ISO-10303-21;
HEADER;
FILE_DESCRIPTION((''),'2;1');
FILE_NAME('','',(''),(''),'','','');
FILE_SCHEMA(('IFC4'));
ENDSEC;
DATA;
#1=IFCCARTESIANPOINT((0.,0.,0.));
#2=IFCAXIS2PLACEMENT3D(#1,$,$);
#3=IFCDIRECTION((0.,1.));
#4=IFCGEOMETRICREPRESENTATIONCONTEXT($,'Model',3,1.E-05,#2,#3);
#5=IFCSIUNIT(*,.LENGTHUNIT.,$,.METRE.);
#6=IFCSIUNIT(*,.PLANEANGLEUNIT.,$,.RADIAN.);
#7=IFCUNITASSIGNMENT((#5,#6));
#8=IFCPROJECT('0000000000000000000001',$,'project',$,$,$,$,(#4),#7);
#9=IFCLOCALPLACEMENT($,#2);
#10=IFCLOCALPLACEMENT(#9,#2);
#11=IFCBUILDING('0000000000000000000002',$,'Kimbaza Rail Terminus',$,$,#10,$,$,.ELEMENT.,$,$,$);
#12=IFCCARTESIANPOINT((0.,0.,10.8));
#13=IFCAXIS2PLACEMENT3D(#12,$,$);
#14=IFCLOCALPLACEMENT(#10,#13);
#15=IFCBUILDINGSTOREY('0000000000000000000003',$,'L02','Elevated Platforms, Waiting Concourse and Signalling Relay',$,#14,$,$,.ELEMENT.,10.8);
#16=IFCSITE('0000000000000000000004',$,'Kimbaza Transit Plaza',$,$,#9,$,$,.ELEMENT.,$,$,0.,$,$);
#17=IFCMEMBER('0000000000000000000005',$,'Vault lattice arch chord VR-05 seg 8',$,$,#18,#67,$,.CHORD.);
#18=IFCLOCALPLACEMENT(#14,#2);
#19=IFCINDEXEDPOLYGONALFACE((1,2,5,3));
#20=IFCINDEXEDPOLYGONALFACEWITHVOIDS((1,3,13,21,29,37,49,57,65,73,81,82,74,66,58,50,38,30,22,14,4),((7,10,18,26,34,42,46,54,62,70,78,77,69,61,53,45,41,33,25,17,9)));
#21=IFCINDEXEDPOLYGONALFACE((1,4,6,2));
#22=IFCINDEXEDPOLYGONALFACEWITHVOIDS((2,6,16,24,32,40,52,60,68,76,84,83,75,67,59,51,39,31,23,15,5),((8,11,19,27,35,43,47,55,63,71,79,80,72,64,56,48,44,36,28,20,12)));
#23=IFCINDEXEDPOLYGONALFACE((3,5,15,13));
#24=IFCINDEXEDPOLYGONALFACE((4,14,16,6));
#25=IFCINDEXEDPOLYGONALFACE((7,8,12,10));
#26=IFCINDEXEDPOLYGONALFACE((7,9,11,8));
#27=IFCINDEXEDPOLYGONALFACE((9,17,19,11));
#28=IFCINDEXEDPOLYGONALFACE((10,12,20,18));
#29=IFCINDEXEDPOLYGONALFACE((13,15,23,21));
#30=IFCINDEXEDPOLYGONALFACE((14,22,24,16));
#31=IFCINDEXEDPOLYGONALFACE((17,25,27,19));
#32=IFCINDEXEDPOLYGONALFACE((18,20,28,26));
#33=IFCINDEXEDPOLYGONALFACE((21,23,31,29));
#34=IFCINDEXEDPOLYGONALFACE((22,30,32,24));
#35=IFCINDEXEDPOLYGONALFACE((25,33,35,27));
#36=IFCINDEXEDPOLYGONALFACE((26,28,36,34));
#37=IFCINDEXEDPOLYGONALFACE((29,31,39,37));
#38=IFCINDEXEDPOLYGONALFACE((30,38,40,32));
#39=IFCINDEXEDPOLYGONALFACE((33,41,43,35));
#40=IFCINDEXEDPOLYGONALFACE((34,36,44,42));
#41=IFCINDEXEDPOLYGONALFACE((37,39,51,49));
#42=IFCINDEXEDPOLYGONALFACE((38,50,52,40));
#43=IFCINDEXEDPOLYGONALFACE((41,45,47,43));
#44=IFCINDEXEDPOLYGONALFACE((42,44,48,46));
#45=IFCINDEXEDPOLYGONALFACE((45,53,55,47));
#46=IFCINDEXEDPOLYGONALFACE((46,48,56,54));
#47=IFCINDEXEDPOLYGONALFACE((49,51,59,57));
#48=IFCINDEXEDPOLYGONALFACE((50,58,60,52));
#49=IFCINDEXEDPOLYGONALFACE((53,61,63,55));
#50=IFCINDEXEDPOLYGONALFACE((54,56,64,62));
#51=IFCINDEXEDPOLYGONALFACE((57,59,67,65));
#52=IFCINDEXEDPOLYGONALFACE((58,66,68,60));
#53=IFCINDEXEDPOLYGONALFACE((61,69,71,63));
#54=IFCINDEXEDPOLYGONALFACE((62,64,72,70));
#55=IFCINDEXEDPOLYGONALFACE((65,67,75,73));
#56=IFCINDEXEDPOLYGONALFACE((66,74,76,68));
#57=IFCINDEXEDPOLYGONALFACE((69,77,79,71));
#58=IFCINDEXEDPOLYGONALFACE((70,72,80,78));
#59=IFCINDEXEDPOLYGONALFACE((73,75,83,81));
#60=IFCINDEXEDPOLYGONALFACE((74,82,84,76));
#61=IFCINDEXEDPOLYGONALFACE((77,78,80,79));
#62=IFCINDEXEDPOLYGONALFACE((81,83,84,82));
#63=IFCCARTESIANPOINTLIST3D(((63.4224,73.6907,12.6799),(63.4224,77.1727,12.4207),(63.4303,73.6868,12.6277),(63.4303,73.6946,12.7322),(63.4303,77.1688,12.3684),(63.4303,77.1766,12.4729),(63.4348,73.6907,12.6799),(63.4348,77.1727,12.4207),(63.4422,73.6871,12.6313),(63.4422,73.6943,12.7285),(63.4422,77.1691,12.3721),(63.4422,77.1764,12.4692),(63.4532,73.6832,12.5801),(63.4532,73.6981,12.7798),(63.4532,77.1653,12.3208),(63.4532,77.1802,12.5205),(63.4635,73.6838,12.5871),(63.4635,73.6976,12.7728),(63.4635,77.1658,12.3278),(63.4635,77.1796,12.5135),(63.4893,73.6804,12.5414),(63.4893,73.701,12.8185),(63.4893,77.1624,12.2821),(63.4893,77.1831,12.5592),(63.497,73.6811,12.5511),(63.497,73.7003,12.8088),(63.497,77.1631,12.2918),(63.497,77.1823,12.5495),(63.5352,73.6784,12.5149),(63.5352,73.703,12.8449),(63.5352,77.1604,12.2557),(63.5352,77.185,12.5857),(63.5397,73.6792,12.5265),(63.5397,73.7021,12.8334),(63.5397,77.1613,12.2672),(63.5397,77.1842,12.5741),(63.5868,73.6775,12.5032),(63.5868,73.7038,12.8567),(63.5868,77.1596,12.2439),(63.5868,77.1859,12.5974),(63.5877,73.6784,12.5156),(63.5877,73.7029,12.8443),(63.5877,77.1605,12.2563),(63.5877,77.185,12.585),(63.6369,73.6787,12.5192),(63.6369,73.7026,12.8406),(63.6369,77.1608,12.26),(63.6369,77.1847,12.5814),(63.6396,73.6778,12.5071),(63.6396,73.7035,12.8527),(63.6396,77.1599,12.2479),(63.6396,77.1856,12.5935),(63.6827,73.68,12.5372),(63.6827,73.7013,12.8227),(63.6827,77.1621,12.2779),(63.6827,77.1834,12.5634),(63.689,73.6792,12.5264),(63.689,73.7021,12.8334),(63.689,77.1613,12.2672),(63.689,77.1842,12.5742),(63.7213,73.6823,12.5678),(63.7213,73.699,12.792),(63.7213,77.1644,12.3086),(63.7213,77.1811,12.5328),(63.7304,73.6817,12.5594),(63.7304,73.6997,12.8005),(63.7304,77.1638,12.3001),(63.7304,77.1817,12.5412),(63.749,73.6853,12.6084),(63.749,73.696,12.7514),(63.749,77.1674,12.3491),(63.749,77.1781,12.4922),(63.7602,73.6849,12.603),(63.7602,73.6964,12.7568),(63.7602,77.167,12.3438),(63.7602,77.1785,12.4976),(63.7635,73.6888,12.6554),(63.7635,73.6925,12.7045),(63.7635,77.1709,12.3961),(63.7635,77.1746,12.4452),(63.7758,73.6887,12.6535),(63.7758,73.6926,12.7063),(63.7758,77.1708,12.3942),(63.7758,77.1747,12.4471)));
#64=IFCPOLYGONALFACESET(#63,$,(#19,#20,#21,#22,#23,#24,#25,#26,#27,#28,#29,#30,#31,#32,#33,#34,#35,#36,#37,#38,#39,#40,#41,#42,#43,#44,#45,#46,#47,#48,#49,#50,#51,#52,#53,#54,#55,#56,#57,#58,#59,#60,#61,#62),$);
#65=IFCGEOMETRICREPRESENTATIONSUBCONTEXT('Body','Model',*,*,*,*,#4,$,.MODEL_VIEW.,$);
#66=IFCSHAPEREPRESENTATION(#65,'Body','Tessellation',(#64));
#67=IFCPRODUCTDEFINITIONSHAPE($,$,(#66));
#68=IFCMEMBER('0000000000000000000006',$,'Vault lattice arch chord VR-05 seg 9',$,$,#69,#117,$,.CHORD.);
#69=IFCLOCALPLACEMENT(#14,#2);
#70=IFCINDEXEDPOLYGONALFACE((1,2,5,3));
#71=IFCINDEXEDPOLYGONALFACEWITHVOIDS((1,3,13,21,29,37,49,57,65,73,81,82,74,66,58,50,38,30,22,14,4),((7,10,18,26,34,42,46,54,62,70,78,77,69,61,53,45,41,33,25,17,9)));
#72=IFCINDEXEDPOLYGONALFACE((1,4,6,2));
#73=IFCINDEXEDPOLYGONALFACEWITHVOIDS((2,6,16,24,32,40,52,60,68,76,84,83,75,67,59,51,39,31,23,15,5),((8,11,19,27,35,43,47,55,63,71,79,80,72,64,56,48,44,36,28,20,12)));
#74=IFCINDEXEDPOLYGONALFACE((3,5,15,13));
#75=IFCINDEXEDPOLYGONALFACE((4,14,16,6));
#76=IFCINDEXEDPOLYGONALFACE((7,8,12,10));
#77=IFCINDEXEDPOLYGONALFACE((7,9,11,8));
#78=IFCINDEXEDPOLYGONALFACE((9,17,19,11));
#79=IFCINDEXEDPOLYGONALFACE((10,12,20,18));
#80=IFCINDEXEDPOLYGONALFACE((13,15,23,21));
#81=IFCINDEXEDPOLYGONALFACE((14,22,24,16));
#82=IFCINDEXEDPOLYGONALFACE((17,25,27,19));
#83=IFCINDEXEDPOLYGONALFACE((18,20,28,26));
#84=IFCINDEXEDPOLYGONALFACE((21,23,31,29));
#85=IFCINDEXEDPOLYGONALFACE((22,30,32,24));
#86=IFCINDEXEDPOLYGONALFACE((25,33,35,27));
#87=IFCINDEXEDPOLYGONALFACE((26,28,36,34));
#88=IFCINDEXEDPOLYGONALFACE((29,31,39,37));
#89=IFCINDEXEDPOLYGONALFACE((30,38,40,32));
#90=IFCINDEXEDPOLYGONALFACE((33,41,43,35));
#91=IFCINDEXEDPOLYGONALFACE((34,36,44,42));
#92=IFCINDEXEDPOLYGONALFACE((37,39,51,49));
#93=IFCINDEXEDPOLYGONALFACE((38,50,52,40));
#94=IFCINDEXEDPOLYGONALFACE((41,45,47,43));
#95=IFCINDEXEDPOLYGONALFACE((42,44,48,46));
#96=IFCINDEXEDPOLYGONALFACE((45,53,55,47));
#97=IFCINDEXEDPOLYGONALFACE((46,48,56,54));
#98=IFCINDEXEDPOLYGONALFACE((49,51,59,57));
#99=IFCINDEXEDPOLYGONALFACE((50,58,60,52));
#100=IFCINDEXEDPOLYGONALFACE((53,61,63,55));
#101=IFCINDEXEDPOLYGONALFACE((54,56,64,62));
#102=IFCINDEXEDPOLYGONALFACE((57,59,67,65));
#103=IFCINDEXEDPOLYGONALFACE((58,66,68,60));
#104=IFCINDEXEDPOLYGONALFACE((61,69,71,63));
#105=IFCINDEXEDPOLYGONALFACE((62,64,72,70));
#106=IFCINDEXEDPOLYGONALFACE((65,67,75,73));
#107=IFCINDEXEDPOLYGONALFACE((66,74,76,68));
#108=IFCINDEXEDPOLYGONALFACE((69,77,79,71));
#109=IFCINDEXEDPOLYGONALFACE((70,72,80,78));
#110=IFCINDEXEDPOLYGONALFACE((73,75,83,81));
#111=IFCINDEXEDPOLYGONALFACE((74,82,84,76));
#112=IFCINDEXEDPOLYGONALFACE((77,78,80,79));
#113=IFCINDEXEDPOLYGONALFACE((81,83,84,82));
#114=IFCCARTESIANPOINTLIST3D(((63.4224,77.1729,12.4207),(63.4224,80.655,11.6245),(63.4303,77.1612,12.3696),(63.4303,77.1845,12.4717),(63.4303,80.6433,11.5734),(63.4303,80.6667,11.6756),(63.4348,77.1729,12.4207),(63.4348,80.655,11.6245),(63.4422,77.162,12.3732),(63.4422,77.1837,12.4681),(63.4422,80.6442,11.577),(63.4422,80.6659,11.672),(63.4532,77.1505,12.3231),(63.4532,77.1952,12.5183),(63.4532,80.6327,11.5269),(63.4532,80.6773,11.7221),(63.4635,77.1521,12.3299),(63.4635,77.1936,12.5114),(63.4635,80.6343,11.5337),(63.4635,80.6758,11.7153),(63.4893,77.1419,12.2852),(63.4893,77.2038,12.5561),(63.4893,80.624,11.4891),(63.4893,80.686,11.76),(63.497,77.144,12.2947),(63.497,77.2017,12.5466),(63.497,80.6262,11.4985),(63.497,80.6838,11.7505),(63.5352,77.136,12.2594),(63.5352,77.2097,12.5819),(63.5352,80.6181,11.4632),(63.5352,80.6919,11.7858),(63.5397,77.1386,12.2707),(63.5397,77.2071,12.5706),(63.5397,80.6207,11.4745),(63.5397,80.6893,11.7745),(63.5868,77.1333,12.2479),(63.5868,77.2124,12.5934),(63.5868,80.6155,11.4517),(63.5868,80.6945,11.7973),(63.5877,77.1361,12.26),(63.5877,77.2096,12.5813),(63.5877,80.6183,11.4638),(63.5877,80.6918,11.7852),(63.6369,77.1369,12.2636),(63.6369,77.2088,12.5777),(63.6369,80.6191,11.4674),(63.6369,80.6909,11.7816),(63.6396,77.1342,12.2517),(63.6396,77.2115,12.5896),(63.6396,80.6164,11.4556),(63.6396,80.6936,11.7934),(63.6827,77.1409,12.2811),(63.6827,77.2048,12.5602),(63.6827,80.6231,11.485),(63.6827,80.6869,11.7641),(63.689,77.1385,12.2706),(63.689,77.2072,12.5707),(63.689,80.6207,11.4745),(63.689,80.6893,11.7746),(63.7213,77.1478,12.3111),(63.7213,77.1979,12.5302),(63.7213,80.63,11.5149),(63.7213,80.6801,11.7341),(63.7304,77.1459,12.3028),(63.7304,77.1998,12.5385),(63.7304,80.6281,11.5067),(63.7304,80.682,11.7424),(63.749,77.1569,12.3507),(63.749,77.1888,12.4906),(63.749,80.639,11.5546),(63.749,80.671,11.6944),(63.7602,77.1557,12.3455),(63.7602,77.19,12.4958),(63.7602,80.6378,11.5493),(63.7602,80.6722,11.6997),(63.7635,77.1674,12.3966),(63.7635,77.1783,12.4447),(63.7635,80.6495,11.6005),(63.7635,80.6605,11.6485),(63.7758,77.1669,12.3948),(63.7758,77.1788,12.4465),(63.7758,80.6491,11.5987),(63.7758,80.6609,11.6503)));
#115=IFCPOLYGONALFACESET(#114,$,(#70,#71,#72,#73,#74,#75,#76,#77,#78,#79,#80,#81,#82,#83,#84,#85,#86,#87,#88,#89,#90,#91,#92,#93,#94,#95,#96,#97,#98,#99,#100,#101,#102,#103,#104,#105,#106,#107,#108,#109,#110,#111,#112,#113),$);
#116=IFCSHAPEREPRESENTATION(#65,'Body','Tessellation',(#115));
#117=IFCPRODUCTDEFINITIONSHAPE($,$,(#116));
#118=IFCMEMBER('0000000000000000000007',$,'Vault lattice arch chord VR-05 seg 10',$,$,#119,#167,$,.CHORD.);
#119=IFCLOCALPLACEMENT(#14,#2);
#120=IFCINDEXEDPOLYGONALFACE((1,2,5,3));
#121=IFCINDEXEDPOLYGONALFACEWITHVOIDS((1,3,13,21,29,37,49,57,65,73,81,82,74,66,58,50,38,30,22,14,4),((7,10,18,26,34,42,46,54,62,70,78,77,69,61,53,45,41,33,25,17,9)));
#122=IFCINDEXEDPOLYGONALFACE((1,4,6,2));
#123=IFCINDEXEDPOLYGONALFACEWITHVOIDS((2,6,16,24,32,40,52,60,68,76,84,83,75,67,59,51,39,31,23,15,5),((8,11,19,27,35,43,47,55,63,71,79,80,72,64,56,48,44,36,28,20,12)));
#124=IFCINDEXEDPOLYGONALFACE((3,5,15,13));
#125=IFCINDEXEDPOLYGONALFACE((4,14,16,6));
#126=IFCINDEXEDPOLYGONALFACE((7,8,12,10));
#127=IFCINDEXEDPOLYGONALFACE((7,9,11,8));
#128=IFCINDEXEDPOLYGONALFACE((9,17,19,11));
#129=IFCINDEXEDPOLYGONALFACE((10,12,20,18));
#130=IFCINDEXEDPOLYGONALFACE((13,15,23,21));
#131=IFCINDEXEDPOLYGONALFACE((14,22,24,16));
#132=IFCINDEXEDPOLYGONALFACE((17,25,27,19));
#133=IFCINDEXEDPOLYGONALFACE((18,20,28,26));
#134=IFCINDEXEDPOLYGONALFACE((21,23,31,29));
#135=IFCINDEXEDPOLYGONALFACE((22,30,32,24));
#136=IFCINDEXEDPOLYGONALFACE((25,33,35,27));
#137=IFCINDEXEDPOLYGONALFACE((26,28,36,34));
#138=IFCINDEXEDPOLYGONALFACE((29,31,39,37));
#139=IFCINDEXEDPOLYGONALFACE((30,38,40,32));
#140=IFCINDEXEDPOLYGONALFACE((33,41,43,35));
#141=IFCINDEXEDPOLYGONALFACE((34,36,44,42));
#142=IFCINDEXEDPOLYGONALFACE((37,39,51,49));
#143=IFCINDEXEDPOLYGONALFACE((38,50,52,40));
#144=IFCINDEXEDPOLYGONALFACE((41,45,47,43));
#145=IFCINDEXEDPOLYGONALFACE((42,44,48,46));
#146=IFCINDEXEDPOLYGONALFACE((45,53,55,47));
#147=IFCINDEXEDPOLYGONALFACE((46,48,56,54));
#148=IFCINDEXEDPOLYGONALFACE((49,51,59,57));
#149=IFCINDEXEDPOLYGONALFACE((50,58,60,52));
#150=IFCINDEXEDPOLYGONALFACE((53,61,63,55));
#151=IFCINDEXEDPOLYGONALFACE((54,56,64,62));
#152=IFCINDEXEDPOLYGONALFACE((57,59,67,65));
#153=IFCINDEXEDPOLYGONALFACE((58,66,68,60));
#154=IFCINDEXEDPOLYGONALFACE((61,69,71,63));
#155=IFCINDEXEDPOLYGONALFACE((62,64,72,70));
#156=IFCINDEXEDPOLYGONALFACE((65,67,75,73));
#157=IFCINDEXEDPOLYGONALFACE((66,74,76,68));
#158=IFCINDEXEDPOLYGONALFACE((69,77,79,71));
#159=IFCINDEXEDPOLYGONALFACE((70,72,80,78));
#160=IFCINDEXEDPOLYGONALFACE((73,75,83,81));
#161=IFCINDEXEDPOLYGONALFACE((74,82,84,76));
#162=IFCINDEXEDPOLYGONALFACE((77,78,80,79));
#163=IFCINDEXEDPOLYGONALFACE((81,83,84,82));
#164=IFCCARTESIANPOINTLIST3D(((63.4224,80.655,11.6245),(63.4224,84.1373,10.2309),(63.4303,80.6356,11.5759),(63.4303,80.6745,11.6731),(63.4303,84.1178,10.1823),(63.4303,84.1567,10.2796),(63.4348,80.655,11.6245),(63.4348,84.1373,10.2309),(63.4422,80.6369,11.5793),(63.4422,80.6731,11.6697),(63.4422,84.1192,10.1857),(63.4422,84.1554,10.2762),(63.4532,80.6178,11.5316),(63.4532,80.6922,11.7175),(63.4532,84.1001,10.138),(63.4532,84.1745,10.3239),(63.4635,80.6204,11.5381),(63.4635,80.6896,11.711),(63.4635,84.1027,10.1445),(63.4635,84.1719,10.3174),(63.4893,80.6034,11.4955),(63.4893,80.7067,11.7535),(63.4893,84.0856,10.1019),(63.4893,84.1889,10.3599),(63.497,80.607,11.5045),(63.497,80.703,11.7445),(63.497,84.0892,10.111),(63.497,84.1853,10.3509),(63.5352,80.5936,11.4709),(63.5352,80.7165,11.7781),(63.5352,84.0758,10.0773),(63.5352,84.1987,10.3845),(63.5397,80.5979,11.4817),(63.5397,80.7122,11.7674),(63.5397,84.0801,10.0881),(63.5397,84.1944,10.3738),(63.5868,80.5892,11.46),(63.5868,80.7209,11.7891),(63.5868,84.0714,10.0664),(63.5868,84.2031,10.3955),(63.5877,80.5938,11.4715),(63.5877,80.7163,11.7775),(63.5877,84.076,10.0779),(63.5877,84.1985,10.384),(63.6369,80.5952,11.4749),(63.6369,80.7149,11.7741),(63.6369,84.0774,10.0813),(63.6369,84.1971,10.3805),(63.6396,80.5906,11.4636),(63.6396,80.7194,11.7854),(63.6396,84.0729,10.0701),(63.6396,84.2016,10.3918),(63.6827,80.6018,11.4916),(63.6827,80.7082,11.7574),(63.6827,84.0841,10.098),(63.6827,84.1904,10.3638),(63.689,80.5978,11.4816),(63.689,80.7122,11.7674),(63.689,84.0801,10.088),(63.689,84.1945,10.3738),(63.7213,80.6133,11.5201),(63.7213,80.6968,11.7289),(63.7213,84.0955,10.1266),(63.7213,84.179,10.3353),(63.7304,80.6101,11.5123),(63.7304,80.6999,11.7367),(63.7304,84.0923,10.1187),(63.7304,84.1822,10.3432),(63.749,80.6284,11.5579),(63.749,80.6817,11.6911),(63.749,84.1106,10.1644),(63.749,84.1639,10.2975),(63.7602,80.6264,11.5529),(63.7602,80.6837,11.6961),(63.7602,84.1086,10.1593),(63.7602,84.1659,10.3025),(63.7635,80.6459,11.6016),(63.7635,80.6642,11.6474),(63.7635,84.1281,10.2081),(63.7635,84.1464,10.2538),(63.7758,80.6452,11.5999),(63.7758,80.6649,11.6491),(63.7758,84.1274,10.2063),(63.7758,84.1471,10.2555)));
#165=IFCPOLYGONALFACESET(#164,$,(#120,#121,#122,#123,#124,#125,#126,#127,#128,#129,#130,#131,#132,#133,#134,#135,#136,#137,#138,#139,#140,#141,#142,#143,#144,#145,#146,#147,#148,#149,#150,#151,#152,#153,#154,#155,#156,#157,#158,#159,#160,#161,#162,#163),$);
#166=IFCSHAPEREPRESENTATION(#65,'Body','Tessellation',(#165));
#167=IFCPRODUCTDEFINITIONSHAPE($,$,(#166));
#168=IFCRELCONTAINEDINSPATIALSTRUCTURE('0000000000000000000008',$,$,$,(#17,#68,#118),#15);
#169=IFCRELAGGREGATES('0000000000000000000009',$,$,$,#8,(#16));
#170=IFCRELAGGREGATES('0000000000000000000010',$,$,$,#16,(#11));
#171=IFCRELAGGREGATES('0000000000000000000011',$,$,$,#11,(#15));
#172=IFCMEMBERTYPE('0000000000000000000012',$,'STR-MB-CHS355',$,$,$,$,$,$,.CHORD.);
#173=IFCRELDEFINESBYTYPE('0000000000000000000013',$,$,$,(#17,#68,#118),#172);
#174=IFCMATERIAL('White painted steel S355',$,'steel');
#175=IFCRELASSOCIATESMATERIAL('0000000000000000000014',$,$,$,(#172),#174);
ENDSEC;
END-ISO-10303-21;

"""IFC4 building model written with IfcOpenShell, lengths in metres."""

from ifc_helpers import new_model, si_unit, direction, frame, origin, origin_2d, place, context, subcontext, project, spatial, hollow_circle, extrude, material, material_profile, profile_set, type_object, element, save


model = new_model("IFC4")

# Units and contexts
model_context = context("Model", 3, precision=1e-05, world=origin(), true_north=direction((0.0, 1.0)))
body_context = subcontext(model_context, "Body", "Model", "MODEL_VIEW")
ifc_project = project(units=[si_unit("LENGTHUNIT", "METRE"), si_unit("PLANEANGLEUNIT", "RADIAN")], contexts=[model_context])

# Site, building, storey
site_placement = place(None, origin())
site = spatial("IfcSite", under=ifc_project, at=site_placement, Name="Kimbaza Transit Plaza", CompositionType="ELEMENT", RefElevation=0.0)
building_placement = place(site_placement, origin())
building = spatial("IfcBuilding", under=site, at=building_placement, Name="Kimbaza Rail Terminus", CompositionType="ELEMENT")
storey_placement = place(building_placement, frame((0.0, 0.0, 10.8)))
storey = spatial("IfcBuildingStorey", under=building, at=storey_placement, Name="L02", Description="Elevated Platforms, Waiting Concourse and Signalling Relay", CompositionType="ELEMENT", Elevation=10.8)

# Members
ifc_material_1 = material(Name="White painted steel S355", Category="steel")
ifc_material_profile_1 = material_profile(ifc_material_1, hollow_circle(Radius=0.1777, WallThickness=0.0125, at=origin_2d()), Name="CHS 355.6x12.5")
ifc_profile_set_1 = profile_set([ifc_material_profile_1], Name="White painted steel S355")
member_type_1 = type_object("IfcMemberType", Name="STR-MB-CHS355", PredefinedType="CHORD", material=ifc_profile_set_1)
member_1_placement = place(storey_placement, frame((63.6001, 73.6907, 12.6799), z_axis=(0.0, 0.997239, -0.074253), x_axis=(-1.0, 0.0, 0.0)))
element("IfcMember", 1, at=member_1_placement, inside=storey, type_object=member_type_1, Name="Vault lattice arch chord VR-05 seg 8", PredefinedType="CHORD", context=body_context, shape_type="SweptSolid", body=[
    extrude(hollow_circle(Radius=0.1777, WallThickness=0.0125, at=origin_2d()), origin(), (0.0, 0.0, 1.0), 3.4917),
])
member_2_placement = place(storey_placement, frame((63.6001, 77.1729, 12.4207), z_axis=(0.0, 0.974845, -0.222882), x_axis=(-1.0, 0.0, 0.0)))
element("IfcMember", 2, at=member_2_placement, inside=storey, type_object=member_type_1, Name="Vault lattice arch chord VR-05 seg 9", PredefinedType="CHORD", context=body_context, shape_type="SweptSolid", body=[
    extrude(hollow_circle(Radius=0.1777, WallThickness=0.0125, at=origin_2d()), origin(), (0.0, 0.0, 1.0), 3.572),
])
member_3_placement = place(storey_placement, frame((63.6001, 80.655, 11.6245), z_axis=(0.0, 0.928414, -0.371548), x_axis=(-1.0, 0.0, 0.0)))
element("IfcMember", 3, at=member_3_placement, inside=storey, type_object=member_type_1, Name="Vault lattice arch chord VR-05 seg 10", PredefinedType="CHORD", context=body_context, shape_type="SweptSolid", body=[
    extrude(hollow_circle(Radius=0.1777, WallThickness=0.0125, at=origin_2d()), origin(), (0.0, 0.0, 1.0), 3.7507),
])

save(model, "model.ifc")
